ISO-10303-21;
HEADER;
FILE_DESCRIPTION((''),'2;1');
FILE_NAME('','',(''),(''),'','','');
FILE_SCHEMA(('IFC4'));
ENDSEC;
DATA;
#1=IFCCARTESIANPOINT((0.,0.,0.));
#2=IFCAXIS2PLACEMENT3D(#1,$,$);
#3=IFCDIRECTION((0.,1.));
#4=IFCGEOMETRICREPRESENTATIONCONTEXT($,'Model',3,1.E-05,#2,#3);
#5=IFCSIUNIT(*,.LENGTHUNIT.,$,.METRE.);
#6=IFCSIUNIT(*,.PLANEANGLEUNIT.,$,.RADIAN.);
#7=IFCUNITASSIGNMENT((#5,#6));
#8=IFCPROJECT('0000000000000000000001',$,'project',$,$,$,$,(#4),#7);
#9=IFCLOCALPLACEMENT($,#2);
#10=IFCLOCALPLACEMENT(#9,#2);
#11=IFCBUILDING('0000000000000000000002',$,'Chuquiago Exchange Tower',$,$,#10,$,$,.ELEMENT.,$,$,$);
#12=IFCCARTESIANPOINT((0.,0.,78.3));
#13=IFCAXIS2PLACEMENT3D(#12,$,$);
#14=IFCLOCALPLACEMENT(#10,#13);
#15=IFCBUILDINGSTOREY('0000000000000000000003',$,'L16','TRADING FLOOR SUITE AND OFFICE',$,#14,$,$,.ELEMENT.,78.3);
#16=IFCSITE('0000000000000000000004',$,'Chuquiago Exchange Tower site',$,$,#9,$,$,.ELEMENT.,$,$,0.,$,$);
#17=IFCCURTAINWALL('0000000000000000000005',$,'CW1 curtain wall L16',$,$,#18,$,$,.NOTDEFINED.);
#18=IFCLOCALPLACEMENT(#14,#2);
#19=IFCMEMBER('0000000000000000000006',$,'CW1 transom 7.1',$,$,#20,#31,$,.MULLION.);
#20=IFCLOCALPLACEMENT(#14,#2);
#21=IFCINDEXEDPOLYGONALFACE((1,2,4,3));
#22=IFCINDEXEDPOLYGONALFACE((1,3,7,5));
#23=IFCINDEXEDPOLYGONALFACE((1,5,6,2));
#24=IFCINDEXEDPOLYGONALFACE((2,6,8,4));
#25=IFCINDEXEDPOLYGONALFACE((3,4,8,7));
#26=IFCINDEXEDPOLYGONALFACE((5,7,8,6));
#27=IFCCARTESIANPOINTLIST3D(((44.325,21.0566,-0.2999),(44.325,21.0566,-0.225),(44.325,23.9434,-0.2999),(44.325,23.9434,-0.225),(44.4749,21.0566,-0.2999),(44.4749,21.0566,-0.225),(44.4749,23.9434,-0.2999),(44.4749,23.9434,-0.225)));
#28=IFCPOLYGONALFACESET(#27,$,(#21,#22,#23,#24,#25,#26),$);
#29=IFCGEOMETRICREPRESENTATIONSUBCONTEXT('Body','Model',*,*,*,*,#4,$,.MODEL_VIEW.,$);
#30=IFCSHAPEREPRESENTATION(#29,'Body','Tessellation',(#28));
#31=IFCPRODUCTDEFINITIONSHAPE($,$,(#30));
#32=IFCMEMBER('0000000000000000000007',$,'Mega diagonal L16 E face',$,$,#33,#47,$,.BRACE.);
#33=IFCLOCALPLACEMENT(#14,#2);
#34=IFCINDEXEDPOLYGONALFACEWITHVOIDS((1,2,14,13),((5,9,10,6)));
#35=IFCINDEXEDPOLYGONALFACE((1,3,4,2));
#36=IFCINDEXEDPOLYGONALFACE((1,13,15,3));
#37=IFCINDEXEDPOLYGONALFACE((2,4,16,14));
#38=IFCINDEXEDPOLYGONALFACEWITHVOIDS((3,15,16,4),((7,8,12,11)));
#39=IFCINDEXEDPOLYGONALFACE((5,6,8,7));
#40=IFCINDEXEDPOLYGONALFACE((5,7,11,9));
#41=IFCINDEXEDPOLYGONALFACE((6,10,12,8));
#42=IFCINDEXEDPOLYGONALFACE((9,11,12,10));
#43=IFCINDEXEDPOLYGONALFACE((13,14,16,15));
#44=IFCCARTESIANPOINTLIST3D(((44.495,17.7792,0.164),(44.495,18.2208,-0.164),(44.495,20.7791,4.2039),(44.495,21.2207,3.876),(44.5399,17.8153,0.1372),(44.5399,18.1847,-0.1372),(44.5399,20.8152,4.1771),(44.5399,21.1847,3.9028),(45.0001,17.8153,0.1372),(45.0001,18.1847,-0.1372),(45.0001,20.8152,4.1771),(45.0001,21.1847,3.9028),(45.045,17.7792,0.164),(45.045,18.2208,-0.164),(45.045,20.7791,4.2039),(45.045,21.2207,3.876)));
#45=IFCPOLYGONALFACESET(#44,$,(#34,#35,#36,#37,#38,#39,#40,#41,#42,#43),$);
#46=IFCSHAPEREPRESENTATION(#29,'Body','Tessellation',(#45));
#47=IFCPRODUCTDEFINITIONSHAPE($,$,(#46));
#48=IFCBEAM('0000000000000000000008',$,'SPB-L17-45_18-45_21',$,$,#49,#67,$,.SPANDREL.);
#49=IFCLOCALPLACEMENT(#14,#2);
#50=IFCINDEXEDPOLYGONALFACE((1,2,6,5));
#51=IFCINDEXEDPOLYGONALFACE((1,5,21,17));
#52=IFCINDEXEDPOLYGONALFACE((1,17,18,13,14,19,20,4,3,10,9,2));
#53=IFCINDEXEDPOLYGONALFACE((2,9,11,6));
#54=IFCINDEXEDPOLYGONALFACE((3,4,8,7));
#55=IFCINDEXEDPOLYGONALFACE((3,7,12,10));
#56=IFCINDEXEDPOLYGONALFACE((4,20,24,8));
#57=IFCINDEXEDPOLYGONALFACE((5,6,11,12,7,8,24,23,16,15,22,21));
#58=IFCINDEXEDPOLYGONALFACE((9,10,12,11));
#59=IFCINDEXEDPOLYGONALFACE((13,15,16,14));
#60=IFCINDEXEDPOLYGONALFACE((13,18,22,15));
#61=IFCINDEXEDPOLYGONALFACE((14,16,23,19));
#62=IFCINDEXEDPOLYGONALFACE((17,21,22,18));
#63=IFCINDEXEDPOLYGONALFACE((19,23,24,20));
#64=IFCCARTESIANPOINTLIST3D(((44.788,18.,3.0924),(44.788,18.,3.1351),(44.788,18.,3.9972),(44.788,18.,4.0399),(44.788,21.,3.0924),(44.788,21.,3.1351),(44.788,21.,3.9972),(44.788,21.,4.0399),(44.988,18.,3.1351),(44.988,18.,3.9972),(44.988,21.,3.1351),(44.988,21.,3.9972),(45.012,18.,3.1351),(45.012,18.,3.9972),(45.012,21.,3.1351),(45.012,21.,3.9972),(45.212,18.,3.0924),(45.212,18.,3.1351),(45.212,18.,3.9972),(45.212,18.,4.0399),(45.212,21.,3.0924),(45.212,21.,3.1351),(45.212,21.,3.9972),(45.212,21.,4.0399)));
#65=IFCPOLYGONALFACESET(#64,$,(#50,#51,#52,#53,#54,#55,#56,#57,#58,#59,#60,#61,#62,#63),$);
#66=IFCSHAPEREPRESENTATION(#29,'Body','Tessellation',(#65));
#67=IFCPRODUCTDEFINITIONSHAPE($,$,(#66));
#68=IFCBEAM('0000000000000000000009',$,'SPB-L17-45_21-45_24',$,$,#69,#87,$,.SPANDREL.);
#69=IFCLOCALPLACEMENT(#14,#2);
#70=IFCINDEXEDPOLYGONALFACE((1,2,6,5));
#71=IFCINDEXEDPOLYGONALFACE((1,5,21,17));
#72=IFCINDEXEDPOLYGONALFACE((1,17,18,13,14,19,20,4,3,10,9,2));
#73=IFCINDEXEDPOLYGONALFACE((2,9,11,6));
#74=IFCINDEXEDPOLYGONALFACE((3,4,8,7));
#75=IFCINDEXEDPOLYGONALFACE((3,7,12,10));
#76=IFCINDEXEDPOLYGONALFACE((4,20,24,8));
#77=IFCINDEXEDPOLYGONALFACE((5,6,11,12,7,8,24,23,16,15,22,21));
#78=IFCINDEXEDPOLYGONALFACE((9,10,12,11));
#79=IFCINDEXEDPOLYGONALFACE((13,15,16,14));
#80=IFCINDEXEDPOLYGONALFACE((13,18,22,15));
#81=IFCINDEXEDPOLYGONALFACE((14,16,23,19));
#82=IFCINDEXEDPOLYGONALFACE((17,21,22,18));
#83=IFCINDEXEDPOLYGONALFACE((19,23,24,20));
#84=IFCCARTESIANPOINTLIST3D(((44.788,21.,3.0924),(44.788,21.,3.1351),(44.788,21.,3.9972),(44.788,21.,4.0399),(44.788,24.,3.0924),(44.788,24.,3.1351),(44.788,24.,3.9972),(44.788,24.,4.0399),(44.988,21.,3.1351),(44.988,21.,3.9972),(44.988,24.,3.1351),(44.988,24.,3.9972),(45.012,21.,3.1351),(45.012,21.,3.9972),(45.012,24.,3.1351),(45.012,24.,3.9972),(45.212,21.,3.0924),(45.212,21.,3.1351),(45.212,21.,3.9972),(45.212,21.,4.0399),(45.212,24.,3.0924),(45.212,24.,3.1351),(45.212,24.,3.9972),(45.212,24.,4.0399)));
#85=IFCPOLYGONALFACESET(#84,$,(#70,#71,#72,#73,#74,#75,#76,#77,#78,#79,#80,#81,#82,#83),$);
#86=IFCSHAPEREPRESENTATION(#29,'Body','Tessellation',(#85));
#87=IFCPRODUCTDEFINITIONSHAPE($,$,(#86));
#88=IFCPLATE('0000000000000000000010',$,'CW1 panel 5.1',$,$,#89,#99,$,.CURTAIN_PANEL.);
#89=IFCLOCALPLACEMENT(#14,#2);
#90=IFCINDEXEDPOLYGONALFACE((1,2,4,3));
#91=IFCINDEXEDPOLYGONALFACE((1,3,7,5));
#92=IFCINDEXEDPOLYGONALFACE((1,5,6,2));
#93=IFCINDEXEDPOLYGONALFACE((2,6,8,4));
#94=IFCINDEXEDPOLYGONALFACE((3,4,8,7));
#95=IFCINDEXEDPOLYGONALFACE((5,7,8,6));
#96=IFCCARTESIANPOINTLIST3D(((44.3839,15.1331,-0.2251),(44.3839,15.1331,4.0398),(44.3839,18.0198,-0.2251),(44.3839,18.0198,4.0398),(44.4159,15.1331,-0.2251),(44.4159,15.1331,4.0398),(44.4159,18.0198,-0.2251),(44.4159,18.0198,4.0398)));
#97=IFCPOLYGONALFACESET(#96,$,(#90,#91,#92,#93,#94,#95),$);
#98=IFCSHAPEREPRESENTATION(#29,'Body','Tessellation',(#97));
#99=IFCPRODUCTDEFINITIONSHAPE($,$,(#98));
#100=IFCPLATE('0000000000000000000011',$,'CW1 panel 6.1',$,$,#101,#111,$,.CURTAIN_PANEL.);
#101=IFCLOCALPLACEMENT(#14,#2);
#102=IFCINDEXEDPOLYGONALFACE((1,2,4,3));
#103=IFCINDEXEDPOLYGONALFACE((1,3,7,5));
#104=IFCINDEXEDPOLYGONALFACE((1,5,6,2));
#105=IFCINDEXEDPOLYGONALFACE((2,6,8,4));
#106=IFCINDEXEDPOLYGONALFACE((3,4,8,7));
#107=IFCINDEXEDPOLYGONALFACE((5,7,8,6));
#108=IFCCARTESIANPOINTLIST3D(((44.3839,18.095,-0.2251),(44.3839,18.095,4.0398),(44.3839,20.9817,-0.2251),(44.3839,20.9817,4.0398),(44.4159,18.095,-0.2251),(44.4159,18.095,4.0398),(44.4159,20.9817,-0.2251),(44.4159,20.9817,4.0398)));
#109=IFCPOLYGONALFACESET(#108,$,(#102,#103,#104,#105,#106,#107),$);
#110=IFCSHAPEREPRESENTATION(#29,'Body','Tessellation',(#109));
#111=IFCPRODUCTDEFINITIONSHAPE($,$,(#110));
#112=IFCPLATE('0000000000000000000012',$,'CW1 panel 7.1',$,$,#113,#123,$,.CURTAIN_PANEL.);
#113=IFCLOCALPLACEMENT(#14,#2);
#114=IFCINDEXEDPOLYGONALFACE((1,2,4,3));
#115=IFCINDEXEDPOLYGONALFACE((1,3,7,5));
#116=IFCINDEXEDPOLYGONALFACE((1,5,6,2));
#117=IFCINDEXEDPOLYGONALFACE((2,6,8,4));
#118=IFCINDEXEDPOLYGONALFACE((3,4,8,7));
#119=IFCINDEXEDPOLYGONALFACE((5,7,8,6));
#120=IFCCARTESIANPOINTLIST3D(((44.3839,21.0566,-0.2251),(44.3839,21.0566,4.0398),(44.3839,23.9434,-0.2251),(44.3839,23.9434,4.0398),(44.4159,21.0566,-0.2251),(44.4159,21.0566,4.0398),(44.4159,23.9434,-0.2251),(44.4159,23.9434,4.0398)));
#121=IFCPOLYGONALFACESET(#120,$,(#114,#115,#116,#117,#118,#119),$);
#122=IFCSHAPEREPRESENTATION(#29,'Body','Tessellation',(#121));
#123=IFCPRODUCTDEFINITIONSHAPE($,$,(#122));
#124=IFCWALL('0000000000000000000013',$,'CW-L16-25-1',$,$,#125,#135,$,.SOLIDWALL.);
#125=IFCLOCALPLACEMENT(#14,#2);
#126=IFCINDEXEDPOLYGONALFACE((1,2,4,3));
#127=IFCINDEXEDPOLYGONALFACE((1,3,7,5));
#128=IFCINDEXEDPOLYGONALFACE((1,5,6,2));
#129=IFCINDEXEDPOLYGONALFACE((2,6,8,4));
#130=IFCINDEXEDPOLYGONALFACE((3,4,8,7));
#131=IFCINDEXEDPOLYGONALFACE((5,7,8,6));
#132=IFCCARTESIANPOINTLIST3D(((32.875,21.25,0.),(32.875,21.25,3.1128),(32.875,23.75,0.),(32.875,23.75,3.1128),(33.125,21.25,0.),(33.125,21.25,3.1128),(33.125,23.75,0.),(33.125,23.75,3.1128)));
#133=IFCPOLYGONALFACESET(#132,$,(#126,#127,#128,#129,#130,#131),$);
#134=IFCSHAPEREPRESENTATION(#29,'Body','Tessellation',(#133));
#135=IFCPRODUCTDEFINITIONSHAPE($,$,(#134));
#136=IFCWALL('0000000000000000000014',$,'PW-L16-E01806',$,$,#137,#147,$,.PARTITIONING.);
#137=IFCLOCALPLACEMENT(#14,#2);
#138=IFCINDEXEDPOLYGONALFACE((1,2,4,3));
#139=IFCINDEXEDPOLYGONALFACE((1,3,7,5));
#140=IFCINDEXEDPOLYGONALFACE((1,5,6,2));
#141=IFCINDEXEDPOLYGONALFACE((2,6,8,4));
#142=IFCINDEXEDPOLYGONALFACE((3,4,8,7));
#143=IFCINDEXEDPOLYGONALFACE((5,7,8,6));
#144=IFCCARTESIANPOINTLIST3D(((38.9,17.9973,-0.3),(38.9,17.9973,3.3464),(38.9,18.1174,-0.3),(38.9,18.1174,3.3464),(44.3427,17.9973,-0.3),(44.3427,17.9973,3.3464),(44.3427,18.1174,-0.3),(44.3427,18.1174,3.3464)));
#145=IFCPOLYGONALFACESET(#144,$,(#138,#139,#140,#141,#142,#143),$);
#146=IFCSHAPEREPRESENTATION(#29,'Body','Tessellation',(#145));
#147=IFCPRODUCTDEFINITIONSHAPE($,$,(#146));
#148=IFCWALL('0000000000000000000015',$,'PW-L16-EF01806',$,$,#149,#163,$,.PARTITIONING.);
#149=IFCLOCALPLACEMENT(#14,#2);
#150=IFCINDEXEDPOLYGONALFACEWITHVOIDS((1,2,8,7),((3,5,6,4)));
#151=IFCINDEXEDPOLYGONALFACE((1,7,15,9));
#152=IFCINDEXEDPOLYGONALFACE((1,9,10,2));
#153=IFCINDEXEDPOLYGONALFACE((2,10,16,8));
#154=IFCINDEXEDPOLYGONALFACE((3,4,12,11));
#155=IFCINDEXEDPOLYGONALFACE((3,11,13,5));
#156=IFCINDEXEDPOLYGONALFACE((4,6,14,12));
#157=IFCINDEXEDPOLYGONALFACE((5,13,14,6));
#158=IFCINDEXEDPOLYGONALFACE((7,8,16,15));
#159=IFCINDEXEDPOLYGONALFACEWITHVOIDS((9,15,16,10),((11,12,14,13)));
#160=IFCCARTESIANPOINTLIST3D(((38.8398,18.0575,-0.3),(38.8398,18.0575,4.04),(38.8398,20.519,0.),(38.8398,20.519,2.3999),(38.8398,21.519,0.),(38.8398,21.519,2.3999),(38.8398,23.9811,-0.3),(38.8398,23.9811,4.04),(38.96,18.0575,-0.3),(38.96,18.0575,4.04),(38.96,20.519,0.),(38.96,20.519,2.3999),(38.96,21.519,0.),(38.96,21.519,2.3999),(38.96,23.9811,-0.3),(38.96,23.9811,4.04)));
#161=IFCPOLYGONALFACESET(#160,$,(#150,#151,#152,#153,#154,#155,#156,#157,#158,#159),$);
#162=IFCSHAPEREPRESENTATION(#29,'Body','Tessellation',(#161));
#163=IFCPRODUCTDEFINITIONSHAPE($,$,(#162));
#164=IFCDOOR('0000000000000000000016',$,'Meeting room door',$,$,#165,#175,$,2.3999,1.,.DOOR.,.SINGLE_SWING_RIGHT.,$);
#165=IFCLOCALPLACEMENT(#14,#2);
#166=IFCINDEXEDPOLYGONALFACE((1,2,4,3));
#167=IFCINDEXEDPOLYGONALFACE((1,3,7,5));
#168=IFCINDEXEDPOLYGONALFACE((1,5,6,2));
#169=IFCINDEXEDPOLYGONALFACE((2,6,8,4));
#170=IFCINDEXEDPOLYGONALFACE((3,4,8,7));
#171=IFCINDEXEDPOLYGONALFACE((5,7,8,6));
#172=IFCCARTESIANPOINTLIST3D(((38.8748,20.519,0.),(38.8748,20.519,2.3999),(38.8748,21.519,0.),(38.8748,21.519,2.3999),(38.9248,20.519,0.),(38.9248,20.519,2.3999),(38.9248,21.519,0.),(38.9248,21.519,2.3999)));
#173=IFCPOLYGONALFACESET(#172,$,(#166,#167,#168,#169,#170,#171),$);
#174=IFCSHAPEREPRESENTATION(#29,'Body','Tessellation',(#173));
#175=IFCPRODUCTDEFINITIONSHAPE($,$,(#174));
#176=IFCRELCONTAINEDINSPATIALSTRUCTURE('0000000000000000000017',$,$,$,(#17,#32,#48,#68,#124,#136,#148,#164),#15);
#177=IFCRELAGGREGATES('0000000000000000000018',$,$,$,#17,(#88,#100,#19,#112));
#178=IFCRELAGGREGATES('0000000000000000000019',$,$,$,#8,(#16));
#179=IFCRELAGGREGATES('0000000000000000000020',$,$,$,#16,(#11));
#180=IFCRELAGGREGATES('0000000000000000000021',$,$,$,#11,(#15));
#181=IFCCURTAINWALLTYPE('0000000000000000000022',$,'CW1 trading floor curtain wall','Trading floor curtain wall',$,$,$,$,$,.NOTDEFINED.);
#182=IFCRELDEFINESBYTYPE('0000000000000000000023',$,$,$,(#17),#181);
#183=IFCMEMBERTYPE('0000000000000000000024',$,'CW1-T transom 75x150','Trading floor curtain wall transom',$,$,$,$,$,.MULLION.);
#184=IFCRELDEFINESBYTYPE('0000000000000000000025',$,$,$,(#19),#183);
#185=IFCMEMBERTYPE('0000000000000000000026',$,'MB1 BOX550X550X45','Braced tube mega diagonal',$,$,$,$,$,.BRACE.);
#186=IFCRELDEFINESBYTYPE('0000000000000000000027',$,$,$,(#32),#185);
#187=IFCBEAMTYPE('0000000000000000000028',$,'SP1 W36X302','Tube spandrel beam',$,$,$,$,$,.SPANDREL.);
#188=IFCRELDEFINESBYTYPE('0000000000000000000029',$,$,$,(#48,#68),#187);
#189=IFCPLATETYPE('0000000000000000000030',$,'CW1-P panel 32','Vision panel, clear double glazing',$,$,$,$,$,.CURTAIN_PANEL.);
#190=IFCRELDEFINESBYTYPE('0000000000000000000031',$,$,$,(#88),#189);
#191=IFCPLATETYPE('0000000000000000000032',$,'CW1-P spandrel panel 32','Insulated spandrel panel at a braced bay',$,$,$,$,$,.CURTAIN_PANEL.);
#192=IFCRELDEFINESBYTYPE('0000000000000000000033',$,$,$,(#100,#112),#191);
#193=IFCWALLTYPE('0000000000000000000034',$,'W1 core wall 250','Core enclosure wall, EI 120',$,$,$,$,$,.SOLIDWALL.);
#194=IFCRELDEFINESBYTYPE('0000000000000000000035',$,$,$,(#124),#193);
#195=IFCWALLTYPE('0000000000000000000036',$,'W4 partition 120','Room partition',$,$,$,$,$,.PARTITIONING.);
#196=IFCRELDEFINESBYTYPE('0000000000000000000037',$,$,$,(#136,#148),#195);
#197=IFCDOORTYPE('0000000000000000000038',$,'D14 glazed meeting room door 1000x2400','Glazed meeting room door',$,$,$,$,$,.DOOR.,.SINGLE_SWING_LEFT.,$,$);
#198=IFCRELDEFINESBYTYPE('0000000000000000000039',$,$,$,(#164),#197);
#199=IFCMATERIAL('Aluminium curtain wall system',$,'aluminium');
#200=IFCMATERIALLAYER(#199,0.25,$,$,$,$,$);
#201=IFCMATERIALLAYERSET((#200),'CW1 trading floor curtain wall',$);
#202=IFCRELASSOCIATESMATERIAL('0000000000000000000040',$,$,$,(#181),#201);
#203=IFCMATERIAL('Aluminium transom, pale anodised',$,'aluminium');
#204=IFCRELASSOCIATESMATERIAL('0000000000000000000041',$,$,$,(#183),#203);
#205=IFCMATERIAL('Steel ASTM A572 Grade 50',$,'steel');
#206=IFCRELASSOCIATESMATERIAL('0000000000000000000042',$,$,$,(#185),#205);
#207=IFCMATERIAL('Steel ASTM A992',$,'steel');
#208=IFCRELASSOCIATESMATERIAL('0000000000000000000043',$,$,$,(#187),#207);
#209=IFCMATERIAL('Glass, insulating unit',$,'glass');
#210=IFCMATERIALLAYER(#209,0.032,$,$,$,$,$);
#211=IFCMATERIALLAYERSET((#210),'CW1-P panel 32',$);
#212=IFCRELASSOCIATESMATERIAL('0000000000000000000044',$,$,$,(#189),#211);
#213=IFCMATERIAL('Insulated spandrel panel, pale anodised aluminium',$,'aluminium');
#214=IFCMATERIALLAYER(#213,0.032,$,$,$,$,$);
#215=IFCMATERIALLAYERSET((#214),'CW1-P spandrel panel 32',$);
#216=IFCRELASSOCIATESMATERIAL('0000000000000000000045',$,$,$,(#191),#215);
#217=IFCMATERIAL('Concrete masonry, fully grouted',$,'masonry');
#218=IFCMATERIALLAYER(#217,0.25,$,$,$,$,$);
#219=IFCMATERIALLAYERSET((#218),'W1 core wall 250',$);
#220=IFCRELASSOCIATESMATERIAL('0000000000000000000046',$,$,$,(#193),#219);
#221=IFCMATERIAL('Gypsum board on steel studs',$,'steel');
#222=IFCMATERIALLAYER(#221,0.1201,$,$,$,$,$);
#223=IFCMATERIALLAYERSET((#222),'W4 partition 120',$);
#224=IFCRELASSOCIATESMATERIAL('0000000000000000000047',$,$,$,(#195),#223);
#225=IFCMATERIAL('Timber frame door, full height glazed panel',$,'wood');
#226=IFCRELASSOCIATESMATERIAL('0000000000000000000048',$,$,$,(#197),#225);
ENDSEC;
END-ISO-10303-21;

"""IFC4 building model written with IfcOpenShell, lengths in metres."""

from ifc_helpers import new_model, si_unit, direction, frame, frame_2d, origin, origin_2d, place, context, subcontext, project, spatial, rectangle, hollow_rectangle, i_section, extrude, material, layer, layer_set, material_profile, profile_set, type_object, element, fill, aggregate, save


model = new_model("IFC4")

# Units and contexts
model_context = context("Model", 3, precision=1e-05, world=origin(), true_north=direction((0.0, 1.0)))
body_context = subcontext(model_context, "Body", "Model", "MODEL_VIEW")
ifc_project = project(units=[si_unit("LENGTHUNIT", "METRE"), si_unit("PLANEANGLEUNIT", "RADIAN")], contexts=[model_context])

# Site, building, storey
site_placement = place(None, origin())
site = spatial("IfcSite", under=ifc_project, at=site_placement, Name="Chuquiago Exchange Tower site", CompositionType="ELEMENT", RefElevation=0.0)
building_placement = place(site_placement, origin())
building = spatial("IfcBuilding", under=site, at=building_placement, Name="Chuquiago Exchange Tower", CompositionType="ELEMENT")
storey_placement = place(building_placement, frame((0.0, 0.0, 78.3)))
storey = spatial("IfcBuildingStorey", under=building, at=storey_placement, Name="L16", Description="TRADING FLOOR SUITE AND OFFICE", CompositionType="ELEMENT", Elevation=78.3)

# Curtain wall, member
ifc_material_1 = material(Name="Aluminium curtain wall system", Category="aluminium")
ifc_layer_1 = layer(ifc_material_1, 0.25)
ifc_layer_set_1 = layer_set([ifc_layer_1], Name="CW1 trading floor curtain wall")
curtain_wall_type = type_object("IfcCurtainWallType", Name="CW1 trading floor curtain wall", Description="Trading floor curtain wall", PredefinedType="NOTDEFINED", material=ifc_layer_set_1)
curtain_wall_placement = place(storey_placement, origin())
curtain_wall = element("IfcCurtainWall", 1, at=curtain_wall_placement, inside=storey, type_object=curtain_wall_type, Name="CW1 curtain wall L16", PredefinedType="NOTDEFINED")
ifc_material_2 = material(Name="Aluminium transom, pale anodised", Category="aluminium")
ifc_material_profile_1 = material_profile(ifc_material_2, rectangle(XDim=0.1499, YDim=0.075, at=origin_2d()), Name="AL 150x75")
ifc_profile_set_1 = profile_set([ifc_material_profile_1], Name="Aluminium transom, pale anodised")
member_type_1 = type_object("IfcMemberType", Name="CW1-T transom 75x150", Description="Trading floor curtain wall transom", PredefinedType="MULLION", material=ifc_profile_set_1)
member_1_placement = place(storey_placement, frame((44.3999, 21.0566, -0.2625), z_axis=(0.0, 1.0, 0.0), x_axis=(-1.0, 0.0, 0.0)))
member_1 = element("IfcMember", 2, at=member_1_placement, type_object=member_type_1, Name="CW1 transom 7.1", PredefinedType="MULLION", context=body_context, shape_type="SweptSolid", body=[
    extrude(rectangle(XDim=0.1499, YDim=0.075, at=origin_2d()), origin(), (0.0, 0.0, 1.0), 2.8867),
])

# Member
ifc_material_3 = material(Name="Steel ASTM A572 Grade 50", Category="steel")
ifc_material_profile_2 = material_profile(ifc_material_3, hollow_rectangle(XDim=0.55, YDim=0.55, WallThickness=0.0449, at=origin_2d()), Name="BOX550X550X45")
ifc_profile_set_2 = profile_set([ifc_material_profile_2], Name="Steel ASTM A572 Grade 50")
member_type_2 = type_object("IfcMemberType", Name="MB1 BOX550X550X45", Description="Braced tube mega diagonal", PredefinedType="BRACE", material=ifc_profile_set_2)
member_2_placement = place(storey_placement, frame((44.77, 18.0, 0.0), z_axis=(0.0, 0.596174, 0.802855), x_axis=(-1.0, 0.0, 0.0)))
element("IfcMember", 3, at=member_2_placement, inside=storey, type_object=member_type_2, Name="Mega diagonal L16 E face", PredefinedType="BRACE", context=body_context, shape_type="SweptSolid", body=[
    extrude(hollow_rectangle(XDim=0.55, YDim=0.55, WallThickness=0.0449, at=origin_2d()), origin(), (0.0, 0.0, 1.0), 5.032),
])

# Beams
ifc_material_4 = material(Name="Steel ASTM A992", Category="steel")
ifc_material_profile_3 = material_profile(ifc_material_4, i_section(OverallWidth=0.4241, OverallDepth=0.9475, WebThickness=0.0239, FlangeThickness=0.0427, at=origin_2d()), Name="W36X302")
ifc_profile_set_3 = profile_set([ifc_material_profile_3], Name="Steel ASTM A992")
beam_type_1 = type_object("IfcBeamType", Name="SP1 W36X302", Description="Tube spandrel beam", PredefinedType="SPANDREL", material=ifc_profile_set_3)
for number, where, z_axis, x_axis, name in (
    (4, (45.0, 18.0, 3.5662), (0.0, 1.0, 0.0), (-1.0, 0.0, 0.0), "SPB-L17-45_18-45_21"),
    (5, (45.0, 21.0, 3.5662), (0.0, 1.0, 0.0), (-1.0, 0.0, 0.0), "SPB-L17-45_21-45_24"),
):
    element("IfcBeam", number, at=place(storey_placement, frame(where, z_axis=z_axis, x_axis=x_axis)), inside=storey, type_object=beam_type_1, Name=name, PredefinedType="SPANDREL", context=body_context, shape_type="SweptSolid", body=[
        extrude(i_section(OverallWidth=0.4241, OverallDepth=0.9475, WebThickness=0.0239, FlangeThickness=0.0427, at=origin_2d()), origin(), (0.0, 0.0, 1.0), 3.0),
    ])

# Plates
ifc_material_5 = material(Name="Glass, insulating unit", Category="glass")
ifc_layer_2 = layer(ifc_material_5, 0.032)
ifc_layer_set_2 = layer_set([ifc_layer_2], Name="CW1-P panel 32")
plate_type_1 = type_object("IfcPlateType", Name="CW1-P panel 32", Description="Vision panel, clear double glazing", PredefinedType="CURTAIN_PANEL", material=ifc_layer_set_2)
plate_1_placement = place(storey_placement, frame((44.3999, 16.5764, -0.2251), z_axis=(0.0, 0.0, 1.0), x_axis=(0.0, 1.0, 0.0)))
plate_1 = element("IfcPlate", 6, at=plate_1_placement, type_object=plate_type_1, Name="CW1 panel 5.1", PredefinedType="CURTAIN_PANEL", context=body_context, shape_type="SweptSolid", body=[
    extrude(rectangle(XDim=2.8867, YDim=0.032, at=origin_2d()), origin(), (0.0, 0.0, 1.0), 4.2649),
])
ifc_material_6 = material(Name="Insulated spandrel panel, pale anodised aluminium", Category="aluminium")
ifc_layer_3 = layer(ifc_material_6, 0.032)
ifc_layer_set_3 = layer_set([ifc_layer_3], Name="CW1-P spandrel panel 32")
plate_type_2 = type_object("IfcPlateType", Name="CW1-P spandrel panel 32", Description="Insulated spandrel panel at a braced bay", PredefinedType="CURTAIN_PANEL", material=ifc_layer_set_3)
plate_2_placement = place(storey_placement, frame((44.3999, 19.5383, -0.2251), z_axis=(0.0, 0.0, 1.0), x_axis=(0.0, 1.0, 0.0)))
plate_2 = element("IfcPlate", 7, at=plate_2_placement, type_object=plate_type_2, Name="CW1 panel 6.1", PredefinedType="CURTAIN_PANEL", context=body_context, shape_type="SweptSolid", body=[
    extrude(rectangle(XDim=2.8867, YDim=0.032, at=origin_2d()), origin(), (0.0, 0.0, 1.0), 4.2649),
])
plate_3_placement = place(storey_placement, frame((44.3999, 22.5, -0.2251), z_axis=(0.0, 0.0, 1.0), x_axis=(0.0, 1.0, 0.0)))
plate_3 = element("IfcPlate", 8, at=plate_3_placement, type_object=plate_type_2, Name="CW1 panel 7.1", PredefinedType="CURTAIN_PANEL", context=body_context, shape_type="SweptSolid", body=[
    extrude(rectangle(XDim=2.8867, YDim=0.032, at=origin_2d()), origin(), (0.0, 0.0, 1.0), 4.2649),
])
aggregate(curtain_wall, [plate_1, plate_2, member_1, plate_3])

# Walls
ifc_material_7 = material(Name="Concrete masonry, fully grouted", Category="masonry")
ifc_layer_4 = layer(ifc_material_7, 0.25)
ifc_layer_set_4 = layer_set([ifc_layer_4], Name="W1 core wall 250")
wall_type_1 = type_object("IfcWallType", Name="W1 core wall 250", Description="Core enclosure wall, EI 120", PredefinedType="SOLIDWALL", material=ifc_layer_set_4)
wall_1_placement = place(storey_placement, frame((33.0, 21.25, 0.0), z_axis=(0.0, 0.0, 1.0), x_axis=(0.0, 1.0, 0.0)))
element("IfcWall", 9, at=wall_1_placement, inside=storey, type_object=wall_type_1, Name="CW-L16-25-1", PredefinedType="SOLIDWALL", context=body_context, shape_type="SweptSolid", body=[
    extrude(rectangle(XDim=2.5, YDim=0.25, at=frame_2d((1.25, 0.0))), origin(), (0.0, 0.0, 1.0), 3.1128),
])
ifc_material_8 = material(Name="Gypsum board on steel studs", Category="steel")
ifc_layer_5 = layer(ifc_material_8, 0.1201)
ifc_layer_set_5 = layer_set([ifc_layer_5], Name="W4 partition 120")
wall_type_2 = type_object("IfcWallType", Name="W4 partition 120", Description="Room partition", PredefinedType="PARTITIONING", material=ifc_layer_set_5)
wall_2_placement = place(storey_placement, frame((44.3425, 18.0574, -0.3), z_axis=(0.0, 0.0, 1.0), x_axis=(-1.0, 0.0, 0.0)))
element("IfcWall", 10, at=wall_2_placement, inside=storey, type_object=wall_type_2, Name="PW-L16-E01806", PredefinedType="PARTITIONING", context=body_context, shape_type="SweptSolid", body=[
    extrude(rectangle(XDim=5.4426, YDim=0.1201, at=frame_2d((2.7212, 0.0))), origin(), (0.0, 0.0, 1.0), 3.6465),
])

# Wall, opening, door
wall_3_placement = place(storey_placement, frame((38.8999, 18.0574, -0.3), z_axis=(0.0, 0.0, 1.0), x_axis=(0.0, 1.0, 0.0)))
wall_3 = element("IfcWall", 11, at=wall_3_placement, inside=storey, type_object=wall_type_2, Name="PW-L16-EF01806", PredefinedType="PARTITIONING", context=body_context, shape_type="SweptSolid", body=[
    extrude(rectangle(XDim=5.9236, YDim=0.1201, at=frame_2d((2.9619, 0.0))), origin(), (0.0, 0.0, 1.0), 4.3401),
])
opening_placement = place(wall_3_placement, frame((2.4617, 0.0, 0.3)))
opening = element("IfcOpeningElement", 12, at=opening_placement, cuts=wall_3, PredefinedType="OPENING", context=body_context, shape_type="SweptSolid", body=[
    extrude(rectangle(XDim=1.0, YDim=2.3999, at=frame_2d((0.5, 1.2))), frame((0.0, 0.0701, 0.0), z_axis=(0.0, -1.0, 0.0), x_axis=(1.0, 0.0, 0.0)), (0.0, 0.0, 1.0), 0.1401),
])
ifc_material_9 = material(Name="Timber frame door, full height glazed panel", Category="wood")
door_type = type_object("IfcDoorType", Name="D14 glazed meeting room door 1000x2400", Description="Glazed meeting room door", OperationType="SINGLE_SWING_LEFT", PredefinedType="DOOR", material=ifc_material_9)
door_placement = place(opening_placement, frame((1.0, 0.0, 0.0), z_axis=(0.0, 0.0, 1.0), x_axis=(-1.0, 0.0, 0.0)))
door = element("IfcDoor", 13, at=door_placement, inside=storey, type_object=door_type, Name="Meeting room door", OperationType="SINGLE_SWING_RIGHT", OverallHeight=2.3999, OverallWidth=1.0, PredefinedType="DOOR", context=body_context, shape_type="SweptSolid", body=[
    extrude(rectangle(XDim=1.0, YDim=2.3999, at=frame_2d((0.5, 1.2))), frame((0.0, 0.0249, 0.0), z_axis=(0.0, -1.0, 0.0), x_axis=(1.0, 0.0, 0.0)), (0.0, 0.0, 1.0), 0.05),
])
fill(opening, door)

save(model, "model.ifc")
